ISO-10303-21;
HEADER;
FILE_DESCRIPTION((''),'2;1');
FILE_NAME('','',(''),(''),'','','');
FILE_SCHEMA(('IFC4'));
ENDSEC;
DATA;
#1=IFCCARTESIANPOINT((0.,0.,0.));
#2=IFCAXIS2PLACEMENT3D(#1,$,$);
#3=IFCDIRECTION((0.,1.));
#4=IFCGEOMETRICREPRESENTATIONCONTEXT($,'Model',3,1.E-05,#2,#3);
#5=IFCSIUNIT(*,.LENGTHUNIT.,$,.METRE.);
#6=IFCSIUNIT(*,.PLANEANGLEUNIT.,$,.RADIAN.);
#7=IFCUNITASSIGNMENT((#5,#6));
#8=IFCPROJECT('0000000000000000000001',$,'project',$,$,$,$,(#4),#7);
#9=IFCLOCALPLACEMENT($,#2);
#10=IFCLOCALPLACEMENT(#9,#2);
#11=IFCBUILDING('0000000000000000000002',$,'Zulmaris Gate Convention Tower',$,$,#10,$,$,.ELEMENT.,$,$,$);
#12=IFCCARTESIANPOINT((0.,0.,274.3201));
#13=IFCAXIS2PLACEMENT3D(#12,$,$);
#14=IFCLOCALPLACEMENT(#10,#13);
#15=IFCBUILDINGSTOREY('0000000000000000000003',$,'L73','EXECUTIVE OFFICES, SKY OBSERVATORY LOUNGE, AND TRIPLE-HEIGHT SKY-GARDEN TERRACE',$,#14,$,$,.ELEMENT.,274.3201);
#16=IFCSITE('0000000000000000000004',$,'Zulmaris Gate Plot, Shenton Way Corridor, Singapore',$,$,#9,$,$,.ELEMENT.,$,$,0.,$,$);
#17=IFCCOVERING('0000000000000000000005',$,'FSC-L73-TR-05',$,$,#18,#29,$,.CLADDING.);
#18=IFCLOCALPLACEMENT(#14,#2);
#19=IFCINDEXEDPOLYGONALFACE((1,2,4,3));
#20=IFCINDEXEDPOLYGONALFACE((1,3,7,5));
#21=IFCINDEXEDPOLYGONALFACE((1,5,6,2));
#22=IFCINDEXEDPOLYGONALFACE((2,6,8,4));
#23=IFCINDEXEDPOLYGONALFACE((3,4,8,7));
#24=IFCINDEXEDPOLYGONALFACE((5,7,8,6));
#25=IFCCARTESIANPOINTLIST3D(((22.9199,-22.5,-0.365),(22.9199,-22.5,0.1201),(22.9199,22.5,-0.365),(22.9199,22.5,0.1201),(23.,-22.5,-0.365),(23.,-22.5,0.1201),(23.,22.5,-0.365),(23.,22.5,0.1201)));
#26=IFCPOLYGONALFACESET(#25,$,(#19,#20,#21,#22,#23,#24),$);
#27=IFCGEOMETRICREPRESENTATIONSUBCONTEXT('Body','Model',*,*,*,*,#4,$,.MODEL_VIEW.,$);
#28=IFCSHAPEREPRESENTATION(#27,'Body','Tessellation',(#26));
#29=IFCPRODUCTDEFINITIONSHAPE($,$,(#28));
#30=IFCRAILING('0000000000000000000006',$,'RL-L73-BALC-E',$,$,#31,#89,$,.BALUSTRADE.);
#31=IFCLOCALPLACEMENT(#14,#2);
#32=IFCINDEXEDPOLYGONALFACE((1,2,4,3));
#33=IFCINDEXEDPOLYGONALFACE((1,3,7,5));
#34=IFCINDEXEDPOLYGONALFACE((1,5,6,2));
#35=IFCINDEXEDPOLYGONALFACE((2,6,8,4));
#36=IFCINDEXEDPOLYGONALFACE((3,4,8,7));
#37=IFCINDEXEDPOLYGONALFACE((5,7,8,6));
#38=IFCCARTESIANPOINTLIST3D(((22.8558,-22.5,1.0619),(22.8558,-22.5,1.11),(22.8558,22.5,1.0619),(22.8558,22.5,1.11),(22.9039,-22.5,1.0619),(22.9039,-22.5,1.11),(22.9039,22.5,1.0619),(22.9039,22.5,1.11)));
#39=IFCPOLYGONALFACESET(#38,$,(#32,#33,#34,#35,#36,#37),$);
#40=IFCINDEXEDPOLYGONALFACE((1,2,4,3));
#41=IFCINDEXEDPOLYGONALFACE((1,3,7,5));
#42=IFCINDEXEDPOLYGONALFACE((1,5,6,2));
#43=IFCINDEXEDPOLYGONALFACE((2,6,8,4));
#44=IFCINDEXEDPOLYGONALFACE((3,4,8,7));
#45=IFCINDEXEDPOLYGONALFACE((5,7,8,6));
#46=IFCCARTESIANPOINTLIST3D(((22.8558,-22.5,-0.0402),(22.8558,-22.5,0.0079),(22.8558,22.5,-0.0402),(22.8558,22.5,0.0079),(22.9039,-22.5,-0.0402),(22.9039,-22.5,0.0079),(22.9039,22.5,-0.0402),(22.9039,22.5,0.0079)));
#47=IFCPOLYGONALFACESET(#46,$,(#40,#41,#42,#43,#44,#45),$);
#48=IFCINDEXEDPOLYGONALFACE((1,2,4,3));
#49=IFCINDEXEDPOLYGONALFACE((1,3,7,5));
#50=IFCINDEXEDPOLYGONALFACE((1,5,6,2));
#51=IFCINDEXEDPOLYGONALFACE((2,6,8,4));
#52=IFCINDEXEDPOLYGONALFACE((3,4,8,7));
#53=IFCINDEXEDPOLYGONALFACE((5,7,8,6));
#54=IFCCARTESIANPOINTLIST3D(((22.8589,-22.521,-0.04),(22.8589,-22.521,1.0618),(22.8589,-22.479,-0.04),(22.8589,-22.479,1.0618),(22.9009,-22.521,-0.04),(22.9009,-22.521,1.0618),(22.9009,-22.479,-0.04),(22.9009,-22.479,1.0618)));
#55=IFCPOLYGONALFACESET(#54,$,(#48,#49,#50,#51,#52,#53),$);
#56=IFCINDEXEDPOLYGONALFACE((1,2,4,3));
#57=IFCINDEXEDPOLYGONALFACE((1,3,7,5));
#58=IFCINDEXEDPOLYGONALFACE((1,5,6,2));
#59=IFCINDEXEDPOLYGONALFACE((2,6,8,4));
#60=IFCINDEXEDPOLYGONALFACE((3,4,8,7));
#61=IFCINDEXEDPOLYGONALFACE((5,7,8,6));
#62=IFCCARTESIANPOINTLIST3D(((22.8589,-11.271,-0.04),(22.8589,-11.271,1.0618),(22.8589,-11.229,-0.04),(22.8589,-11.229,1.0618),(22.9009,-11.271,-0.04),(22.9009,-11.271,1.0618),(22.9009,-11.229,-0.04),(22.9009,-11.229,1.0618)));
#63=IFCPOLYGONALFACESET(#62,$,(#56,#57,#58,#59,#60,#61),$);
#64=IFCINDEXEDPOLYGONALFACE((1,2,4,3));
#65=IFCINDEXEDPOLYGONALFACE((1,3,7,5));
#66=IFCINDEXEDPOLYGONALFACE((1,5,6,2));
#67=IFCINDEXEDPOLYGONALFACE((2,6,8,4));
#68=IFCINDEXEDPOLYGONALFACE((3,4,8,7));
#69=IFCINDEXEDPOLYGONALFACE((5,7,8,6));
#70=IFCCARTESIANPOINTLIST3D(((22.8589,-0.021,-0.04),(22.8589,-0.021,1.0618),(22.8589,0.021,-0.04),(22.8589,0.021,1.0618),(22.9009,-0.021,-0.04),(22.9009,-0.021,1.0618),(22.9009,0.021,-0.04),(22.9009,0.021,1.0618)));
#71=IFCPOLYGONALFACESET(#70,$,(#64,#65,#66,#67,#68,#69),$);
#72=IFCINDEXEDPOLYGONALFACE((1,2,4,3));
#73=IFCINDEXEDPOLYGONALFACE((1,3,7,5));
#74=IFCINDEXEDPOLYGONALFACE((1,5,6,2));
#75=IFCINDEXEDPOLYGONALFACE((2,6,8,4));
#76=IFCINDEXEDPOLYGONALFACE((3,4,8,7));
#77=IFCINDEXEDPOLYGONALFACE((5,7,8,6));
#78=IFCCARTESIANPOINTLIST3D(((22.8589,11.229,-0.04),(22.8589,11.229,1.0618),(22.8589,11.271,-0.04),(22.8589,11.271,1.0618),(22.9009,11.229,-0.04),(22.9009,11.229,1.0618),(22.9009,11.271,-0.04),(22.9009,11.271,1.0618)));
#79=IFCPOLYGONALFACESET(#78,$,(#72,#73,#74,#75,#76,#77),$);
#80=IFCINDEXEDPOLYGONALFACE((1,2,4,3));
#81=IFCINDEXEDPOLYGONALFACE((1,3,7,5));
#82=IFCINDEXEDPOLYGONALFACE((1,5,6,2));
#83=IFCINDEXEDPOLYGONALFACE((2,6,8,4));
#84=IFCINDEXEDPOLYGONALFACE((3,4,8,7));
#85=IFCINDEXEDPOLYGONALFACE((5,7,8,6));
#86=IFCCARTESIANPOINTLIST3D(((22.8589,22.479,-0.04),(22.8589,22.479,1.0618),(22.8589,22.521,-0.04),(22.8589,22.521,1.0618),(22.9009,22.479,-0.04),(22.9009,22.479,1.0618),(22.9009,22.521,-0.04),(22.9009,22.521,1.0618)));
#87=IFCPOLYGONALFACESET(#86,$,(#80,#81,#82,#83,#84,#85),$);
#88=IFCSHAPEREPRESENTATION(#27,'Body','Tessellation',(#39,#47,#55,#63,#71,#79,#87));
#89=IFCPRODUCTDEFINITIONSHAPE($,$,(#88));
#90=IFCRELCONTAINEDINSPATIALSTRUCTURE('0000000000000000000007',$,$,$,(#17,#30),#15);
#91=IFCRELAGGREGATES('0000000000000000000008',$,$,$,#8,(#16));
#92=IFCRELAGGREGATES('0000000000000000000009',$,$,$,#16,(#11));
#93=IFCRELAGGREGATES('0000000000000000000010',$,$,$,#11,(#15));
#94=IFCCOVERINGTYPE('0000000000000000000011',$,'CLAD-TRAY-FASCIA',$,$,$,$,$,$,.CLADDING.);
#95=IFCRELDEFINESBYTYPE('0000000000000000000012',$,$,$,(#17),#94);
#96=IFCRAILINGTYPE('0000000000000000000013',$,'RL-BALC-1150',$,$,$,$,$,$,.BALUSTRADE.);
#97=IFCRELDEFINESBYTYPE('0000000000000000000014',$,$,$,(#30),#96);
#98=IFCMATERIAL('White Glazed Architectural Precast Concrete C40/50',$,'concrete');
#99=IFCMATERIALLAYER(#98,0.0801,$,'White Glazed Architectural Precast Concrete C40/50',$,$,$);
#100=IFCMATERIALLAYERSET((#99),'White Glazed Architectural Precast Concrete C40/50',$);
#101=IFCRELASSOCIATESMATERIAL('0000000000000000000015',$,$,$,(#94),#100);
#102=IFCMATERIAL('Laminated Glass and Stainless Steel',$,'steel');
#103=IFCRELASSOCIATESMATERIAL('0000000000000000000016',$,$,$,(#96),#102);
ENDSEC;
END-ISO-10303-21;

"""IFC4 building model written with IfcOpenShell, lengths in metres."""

from ifc_helpers import new_model, si_unit, direction, frame, frame_2d, origin, origin_2d, place, context, subcontext, project, spatial, rectangle, extrude, material, layer, layer_set, type_object, element, save


model = new_model("IFC4")

# Units and contexts
model_context = context("Model", 3, precision=1e-05, world=origin(), true_north=direction((0.0, 1.0)))
body_context = subcontext(model_context, "Body", "Model", "MODEL_VIEW")
ifc_project = project(units=[si_unit("LENGTHUNIT", "METRE"), si_unit("PLANEANGLEUNIT", "RADIAN")], contexts=[model_context])

# Site, building, storey
site_placement = place(None, origin())
site = spatial("IfcSite", under=ifc_project, at=site_placement, Name="Zulmaris Gate Plot, Shenton Way Corridor, Singapore", CompositionType="ELEMENT", RefElevation=0.0)
building_placement = place(site_placement, origin())
building = spatial("IfcBuilding", under=site, at=building_placement, Name="Zulmaris Gate Convention Tower", CompositionType="ELEMENT")
storey_placement = place(building_placement, frame((0.0, 0.0, 274.3201)))
storey = spatial("IfcBuildingStorey", under=building, at=storey_placement, Name="L73", Description="EXECUTIVE OFFICES, SKY OBSERVATORY LOUNGE, AND TRIPLE-HEIGHT SKY-GARDEN TERRACE", CompositionType="ELEMENT", Elevation=274.3201)

# Covering
ifc_material_1 = material(Name="White Glazed Architectural Precast Concrete C40/50", Category="concrete")
ifc_layer_1 = layer(ifc_material_1, 0.0801, Name="White Glazed Architectural Precast Concrete C40/50")
ifc_layer_set_1 = layer_set([ifc_layer_1], Name="White Glazed Architectural Precast Concrete C40/50")
covering_type_1 = type_object("IfcCoveringType", Name="CLAD-TRAY-FASCIA", PredefinedType="CLADDING", material=ifc_layer_set_1)
covering_1_placement = place(storey_placement, frame((22.96, -22.5, -0.365), z_axis=(0.0, 0.0, 1.0), x_axis=(0.0, 1.0, 0.0)))
element("IfcCovering", 1, at=covering_1_placement, inside=storey, type_object=covering_type_1, Name="FSC-L73-TR-05", PredefinedType="CLADDING", context=body_context, shape_type="SweptSolid", body=[
    extrude(rectangle(XDim=45.0, YDim=0.0801, at=frame_2d((22.5, 0.0))), origin(), (0.0, 0.0, 1.0), 0.4851),
])

# Railing
ifc_material_2 = material(Name="Laminated Glass and Stainless Steel", Category="steel")
railing_type = type_object("IfcRailingType", Name="RL-BALC-1150", PredefinedType="BALUSTRADE", material=ifc_material_2)
railing_placement = place(storey_placement, frame((22.8799, -22.5, -0.04)))
element("IfcRailing", 2, at=railing_placement, inside=storey, type_object=railing_type, Name="RL-L73-BALC-E", PredefinedType="BALUSTRADE", context=body_context, shape_type="SweptSolid", body=[
    extrude(rectangle(XDim=0.0481, YDim=0.0481, at=origin_2d()), frame((0.0, 0.0, 1.126), z_axis=(0.0, 1.0, 0.0), x_axis=(-1.0, 0.0, 0.0)), (0.0, 0.0, 1.0), 45.0),
    extrude(rectangle(XDim=0.0481, YDim=0.0481, at=origin_2d()), frame((0.0, 0.0, 0.0239), z_axis=(0.0, 1.0, 0.0), x_axis=(-1.0, 0.0, 0.0)), (0.0, 0.0, 1.0), 45.0),
    extrude(rectangle(XDim=0.042, YDim=0.042, at=origin_2d()), origin(), (0.0, 0.0, 1.0), 1.1018),
    extrude(rectangle(XDim=0.042, YDim=0.042, at=origin_2d()), frame((0.0, 11.25, 0.0)), (0.0, 0.0, 1.0), 1.1018),
    extrude(rectangle(XDim=0.042, YDim=0.042, at=origin_2d()), frame((0.0, 22.5, 0.0)), (0.0, 0.0, 1.0), 1.1018),
    extrude(rectangle(XDim=0.042, YDim=0.042, at=origin_2d()), frame((0.0, 33.75, 0.0)), (0.0, 0.0, 1.0), 1.1018),
    extrude(rectangle(XDim=0.042, YDim=0.042, at=origin_2d()), frame((0.0, 45.0, 0.0)), (0.0, 0.0, 1.0), 1.1018),
])

save(model, "model.ifc")
